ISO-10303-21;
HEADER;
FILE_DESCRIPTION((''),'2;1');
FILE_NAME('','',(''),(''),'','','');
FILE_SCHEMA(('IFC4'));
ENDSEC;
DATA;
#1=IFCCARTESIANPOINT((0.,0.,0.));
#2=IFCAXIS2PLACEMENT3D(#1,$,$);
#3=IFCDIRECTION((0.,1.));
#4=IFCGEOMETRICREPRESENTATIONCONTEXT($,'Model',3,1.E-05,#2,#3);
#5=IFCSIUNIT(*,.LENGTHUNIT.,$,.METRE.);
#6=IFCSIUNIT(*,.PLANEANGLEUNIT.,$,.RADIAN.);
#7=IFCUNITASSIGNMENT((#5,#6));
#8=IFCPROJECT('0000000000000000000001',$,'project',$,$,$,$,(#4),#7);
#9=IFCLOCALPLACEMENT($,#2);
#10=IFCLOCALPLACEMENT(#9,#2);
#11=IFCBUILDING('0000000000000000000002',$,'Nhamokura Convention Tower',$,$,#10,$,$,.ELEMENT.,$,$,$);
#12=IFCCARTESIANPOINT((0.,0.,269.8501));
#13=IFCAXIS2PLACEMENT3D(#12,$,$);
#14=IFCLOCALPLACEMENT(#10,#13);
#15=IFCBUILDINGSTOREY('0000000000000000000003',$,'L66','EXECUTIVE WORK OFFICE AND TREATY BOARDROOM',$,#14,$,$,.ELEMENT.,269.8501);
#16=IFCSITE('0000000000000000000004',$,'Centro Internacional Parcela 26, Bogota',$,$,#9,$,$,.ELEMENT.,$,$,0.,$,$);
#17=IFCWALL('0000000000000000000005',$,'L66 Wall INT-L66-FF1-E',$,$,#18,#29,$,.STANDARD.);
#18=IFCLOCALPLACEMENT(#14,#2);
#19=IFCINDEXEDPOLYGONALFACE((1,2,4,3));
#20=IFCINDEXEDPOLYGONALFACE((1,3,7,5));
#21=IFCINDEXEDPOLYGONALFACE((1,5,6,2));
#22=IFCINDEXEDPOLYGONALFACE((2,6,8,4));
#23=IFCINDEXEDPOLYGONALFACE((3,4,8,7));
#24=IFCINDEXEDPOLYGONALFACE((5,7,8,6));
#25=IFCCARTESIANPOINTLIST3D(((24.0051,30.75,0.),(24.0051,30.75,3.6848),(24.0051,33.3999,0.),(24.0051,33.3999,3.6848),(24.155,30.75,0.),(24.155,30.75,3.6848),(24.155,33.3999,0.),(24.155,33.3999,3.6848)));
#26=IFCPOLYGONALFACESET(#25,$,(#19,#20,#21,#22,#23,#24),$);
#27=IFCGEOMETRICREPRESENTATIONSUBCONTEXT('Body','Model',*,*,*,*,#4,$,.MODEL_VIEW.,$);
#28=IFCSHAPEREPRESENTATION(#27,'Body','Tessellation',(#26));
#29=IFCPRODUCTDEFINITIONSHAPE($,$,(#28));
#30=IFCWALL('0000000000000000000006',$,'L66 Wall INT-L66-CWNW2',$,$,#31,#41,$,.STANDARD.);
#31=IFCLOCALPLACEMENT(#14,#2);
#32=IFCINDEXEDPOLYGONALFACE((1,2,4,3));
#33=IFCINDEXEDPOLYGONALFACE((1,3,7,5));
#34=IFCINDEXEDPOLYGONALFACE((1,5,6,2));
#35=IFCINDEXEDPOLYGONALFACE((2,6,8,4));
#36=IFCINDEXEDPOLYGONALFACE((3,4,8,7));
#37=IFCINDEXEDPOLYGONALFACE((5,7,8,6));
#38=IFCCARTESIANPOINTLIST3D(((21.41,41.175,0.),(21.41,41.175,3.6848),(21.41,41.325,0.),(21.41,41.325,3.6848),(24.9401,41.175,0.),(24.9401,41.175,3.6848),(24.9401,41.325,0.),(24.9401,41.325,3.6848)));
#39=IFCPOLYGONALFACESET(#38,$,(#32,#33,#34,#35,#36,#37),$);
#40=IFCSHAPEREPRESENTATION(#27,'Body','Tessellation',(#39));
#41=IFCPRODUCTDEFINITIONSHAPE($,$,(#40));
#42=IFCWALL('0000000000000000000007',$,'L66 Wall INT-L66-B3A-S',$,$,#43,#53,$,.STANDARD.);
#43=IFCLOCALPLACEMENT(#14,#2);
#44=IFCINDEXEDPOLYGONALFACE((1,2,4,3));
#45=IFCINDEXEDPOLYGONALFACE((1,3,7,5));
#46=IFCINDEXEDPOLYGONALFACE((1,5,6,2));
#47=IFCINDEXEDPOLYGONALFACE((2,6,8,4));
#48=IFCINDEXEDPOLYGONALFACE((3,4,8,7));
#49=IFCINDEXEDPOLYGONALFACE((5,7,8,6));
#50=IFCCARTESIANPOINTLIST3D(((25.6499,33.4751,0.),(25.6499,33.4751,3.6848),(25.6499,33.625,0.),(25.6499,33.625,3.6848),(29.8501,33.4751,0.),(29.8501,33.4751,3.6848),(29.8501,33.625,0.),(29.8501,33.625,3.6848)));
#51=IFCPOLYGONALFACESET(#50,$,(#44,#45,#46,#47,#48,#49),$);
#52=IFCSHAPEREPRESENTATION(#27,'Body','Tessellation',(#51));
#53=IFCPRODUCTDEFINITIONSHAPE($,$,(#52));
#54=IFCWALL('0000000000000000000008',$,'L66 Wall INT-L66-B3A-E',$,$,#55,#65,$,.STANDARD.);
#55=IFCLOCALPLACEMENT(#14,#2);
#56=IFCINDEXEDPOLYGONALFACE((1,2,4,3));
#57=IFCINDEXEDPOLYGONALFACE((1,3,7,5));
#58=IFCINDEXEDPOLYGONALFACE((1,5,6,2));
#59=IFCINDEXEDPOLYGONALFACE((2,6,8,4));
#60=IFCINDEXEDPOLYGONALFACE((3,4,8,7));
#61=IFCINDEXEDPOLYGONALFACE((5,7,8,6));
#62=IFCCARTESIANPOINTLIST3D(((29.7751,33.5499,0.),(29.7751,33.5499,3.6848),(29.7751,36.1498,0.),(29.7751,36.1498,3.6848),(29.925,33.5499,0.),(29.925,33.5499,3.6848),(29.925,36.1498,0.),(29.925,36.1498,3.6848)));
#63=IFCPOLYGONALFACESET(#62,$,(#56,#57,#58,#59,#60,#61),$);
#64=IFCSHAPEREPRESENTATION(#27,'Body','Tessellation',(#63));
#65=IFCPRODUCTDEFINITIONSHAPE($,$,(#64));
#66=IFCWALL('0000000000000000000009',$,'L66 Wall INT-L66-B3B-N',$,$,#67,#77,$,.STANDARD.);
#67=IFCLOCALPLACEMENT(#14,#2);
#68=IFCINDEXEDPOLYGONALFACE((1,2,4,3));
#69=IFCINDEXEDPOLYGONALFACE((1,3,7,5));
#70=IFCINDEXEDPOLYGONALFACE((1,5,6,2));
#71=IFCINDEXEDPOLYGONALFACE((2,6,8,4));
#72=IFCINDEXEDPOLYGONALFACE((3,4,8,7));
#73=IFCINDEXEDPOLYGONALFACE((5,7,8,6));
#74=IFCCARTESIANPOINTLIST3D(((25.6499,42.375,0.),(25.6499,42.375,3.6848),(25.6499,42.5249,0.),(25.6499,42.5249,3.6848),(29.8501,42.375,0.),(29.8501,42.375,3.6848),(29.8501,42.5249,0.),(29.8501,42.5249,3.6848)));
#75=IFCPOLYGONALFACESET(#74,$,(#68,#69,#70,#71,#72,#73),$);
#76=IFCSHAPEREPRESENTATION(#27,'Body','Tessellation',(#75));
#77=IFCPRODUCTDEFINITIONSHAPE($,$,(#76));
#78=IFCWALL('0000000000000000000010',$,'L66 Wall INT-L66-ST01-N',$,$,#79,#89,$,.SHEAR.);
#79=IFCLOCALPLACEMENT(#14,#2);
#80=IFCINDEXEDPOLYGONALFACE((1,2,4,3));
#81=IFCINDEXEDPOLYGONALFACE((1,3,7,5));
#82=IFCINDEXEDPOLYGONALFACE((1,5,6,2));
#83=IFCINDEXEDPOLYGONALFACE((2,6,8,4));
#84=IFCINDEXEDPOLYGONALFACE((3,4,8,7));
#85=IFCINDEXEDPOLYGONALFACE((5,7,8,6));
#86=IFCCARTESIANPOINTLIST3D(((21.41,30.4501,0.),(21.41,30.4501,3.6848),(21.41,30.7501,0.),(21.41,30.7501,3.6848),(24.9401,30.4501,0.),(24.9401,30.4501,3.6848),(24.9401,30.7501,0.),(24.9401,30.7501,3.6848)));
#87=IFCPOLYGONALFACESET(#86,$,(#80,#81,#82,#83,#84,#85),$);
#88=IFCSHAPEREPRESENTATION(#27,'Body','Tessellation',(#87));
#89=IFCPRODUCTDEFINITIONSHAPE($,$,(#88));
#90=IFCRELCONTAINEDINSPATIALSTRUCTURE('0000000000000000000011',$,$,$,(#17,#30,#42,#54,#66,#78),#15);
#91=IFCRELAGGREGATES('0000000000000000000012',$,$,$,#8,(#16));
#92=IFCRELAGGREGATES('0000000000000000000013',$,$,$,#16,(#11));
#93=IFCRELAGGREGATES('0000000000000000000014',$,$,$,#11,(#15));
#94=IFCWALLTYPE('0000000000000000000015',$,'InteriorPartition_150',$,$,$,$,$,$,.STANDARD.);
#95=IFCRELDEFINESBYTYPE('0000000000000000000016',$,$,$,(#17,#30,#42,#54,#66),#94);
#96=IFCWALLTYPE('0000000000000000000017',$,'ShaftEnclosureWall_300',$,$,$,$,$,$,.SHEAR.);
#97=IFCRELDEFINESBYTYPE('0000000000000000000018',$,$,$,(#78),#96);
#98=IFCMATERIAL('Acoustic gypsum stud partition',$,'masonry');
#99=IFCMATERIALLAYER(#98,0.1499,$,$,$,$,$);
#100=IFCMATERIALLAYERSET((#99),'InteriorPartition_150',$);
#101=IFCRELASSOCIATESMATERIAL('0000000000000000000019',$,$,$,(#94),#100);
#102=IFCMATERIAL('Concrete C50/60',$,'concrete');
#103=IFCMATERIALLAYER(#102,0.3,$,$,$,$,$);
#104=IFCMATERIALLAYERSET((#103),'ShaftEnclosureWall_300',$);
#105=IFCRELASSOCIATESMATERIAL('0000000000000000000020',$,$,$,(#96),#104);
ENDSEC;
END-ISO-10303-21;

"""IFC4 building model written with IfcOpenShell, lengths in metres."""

from ifc_helpers import new_model, si_unit, direction, frame, frame_2d, origin, place, context, subcontext, project, spatial, rectangle, extrude, material, layer, layer_set, type_object, element, save


model = new_model("IFC4")

# Units and contexts
model_context = context("Model", 3, precision=1e-05, world=origin(), true_north=direction((0.0, 1.0)))
body_context = subcontext(model_context, "Body", "Model", "MODEL_VIEW")
ifc_project = project(units=[si_unit("LENGTHUNIT", "METRE"), si_unit("PLANEANGLEUNIT", "RADIAN")], contexts=[model_context])

# Site, building, storey
site_placement = place(None, origin())
site = spatial("IfcSite", under=ifc_project, at=site_placement, Name="Centro Internacional Parcela 26, Bogota", CompositionType="ELEMENT", RefElevation=0.0)
building_placement = place(site_placement, origin())
building = spatial("IfcBuilding", under=site, at=building_placement, Name="Nhamokura Convention Tower", CompositionType="ELEMENT")
storey_placement = place(building_placement, frame((0.0, 0.0, 269.8501)))
storey = spatial("IfcBuildingStorey", under=building, at=storey_placement, Name="L66", Description="EXECUTIVE WORK OFFICE AND TREATY BOARDROOM", CompositionType="ELEMENT", Elevation=269.8501)

# Walls
ifc_material_1 = material(Name="Acoustic gypsum stud partition", Category="masonry")
ifc_layer_1 = layer(ifc_material_1, 0.1499)
ifc_layer_set_1 = layer_set([ifc_layer_1], Name="InteriorPartition_150")
wall_type_1 = type_object("IfcWallType", Name="InteriorPartition_150", PredefinedType="STANDARD", material=ifc_layer_set_1)
wall_1_placement = place(storey_placement, frame((24.0801, 30.75, 0.0), z_axis=(0.0, 0.0, 1.0), x_axis=(0.0, 1.0, 0.0)))
element("IfcWall", 1, at=wall_1_placement, inside=storey, type_object=wall_type_1, Name="L66 Wall INT-L66-FF1-E", PredefinedType="STANDARD", context=body_context, shape_type="SweptSolid", body=[
    extrude(rectangle(XDim=2.6499, YDim=0.1499, at=frame_2d((1.325, 0.0))), origin(), (0.0, 0.0, 1.0), 3.6848),
])
wall_2_placement = place(storey_placement, frame((21.4099, 41.25, 0.0), z_axis=(0.0, 0.0, 1.0), x_axis=(1.0, 0.0, 0.0)))
element("IfcWall", 2, at=wall_2_placement, inside=storey, type_object=wall_type_1, Name="L66 Wall INT-L66-CWNW2", PredefinedType="STANDARD", context=body_context, shape_type="SweptSolid", body=[
    extrude(rectangle(XDim=3.53, YDim=0.1499, at=frame_2d((1.7651, 0.0))), origin(), (0.0, 0.0, 1.0), 3.6848),
])
wall_3_placement = place(storey_placement, frame((25.6499, 33.55, 0.0), z_axis=(0.0, 0.0, 1.0), x_axis=(1.0, 0.0, 0.0)))
element("IfcWall", 3, at=wall_3_placement, inside=storey, type_object=wall_type_1, Name="L66 Wall INT-L66-B3A-S", PredefinedType="STANDARD", context=body_context, shape_type="SweptSolid", body=[
    extrude(rectangle(XDim=4.2002, YDim=0.1499, at=frame_2d((2.1001, 0.0))), origin(), (0.0, 0.0, 1.0), 3.6848),
])
wall_4_placement = place(storey_placement, frame((29.8501, 33.55, 0.0), z_axis=(0.0, 0.0, 1.0), x_axis=(0.0, 1.0, 0.0)))
element("IfcWall", 4, at=wall_4_placement, inside=storey, type_object=wall_type_1, Name="L66 Wall INT-L66-B3A-E", PredefinedType="STANDARD", context=body_context, shape_type="SweptSolid", body=[
    extrude(rectangle(XDim=2.5999, YDim=0.1499, at=frame_2d((1.2998, 0.0))), origin(), (0.0, 0.0, 1.0), 3.6848),
])
wall_5_placement = place(storey_placement, frame((25.6499, 42.45, 0.0), z_axis=(0.0, 0.0, 1.0), x_axis=(1.0, 0.0, 0.0)))
element("IfcWall", 5, at=wall_5_placement, inside=storey, type_object=wall_type_1, Name="L66 Wall INT-L66-B3B-N", PredefinedType="STANDARD", context=body_context, shape_type="SweptSolid", body=[
    extrude(rectangle(XDim=4.2002, YDim=0.1499, at=frame_2d((2.1001, 0.0))), origin(), (0.0, 0.0, 1.0), 3.6848),
])
ifc_material_2 = material(Name="Concrete C50/60", Category="concrete")
ifc_layer_2 = layer(ifc_material_2, 0.3)
ifc_layer_set_2 = layer_set([ifc_layer_2], Name="ShaftEnclosureWall_300")
wall_type_2 = type_object("IfcWallType", Name="ShaftEnclosureWall_300", PredefinedType="SHEAR", material=ifc_layer_set_2)
wall_6_placement = place(storey_placement, frame((21.4099, 30.6001, 0.0), z_axis=(0.0, 0.0, 1.0), x_axis=(1.0, 0.0, 0.0)))
element("IfcWall", 6, at=wall_6_placement, inside=storey, type_object=wall_type_2, Name="L66 Wall INT-L66-ST01-N", PredefinedType="SHEAR", context=body_context, shape_type="SweptSolid", body=[
    extrude(rectangle(XDim=3.53, YDim=0.3, at=frame_2d((1.7651, 0.0))), origin(), (0.0, 0.0, 1.0), 3.6848),
])

save(model, "model.ifc")
